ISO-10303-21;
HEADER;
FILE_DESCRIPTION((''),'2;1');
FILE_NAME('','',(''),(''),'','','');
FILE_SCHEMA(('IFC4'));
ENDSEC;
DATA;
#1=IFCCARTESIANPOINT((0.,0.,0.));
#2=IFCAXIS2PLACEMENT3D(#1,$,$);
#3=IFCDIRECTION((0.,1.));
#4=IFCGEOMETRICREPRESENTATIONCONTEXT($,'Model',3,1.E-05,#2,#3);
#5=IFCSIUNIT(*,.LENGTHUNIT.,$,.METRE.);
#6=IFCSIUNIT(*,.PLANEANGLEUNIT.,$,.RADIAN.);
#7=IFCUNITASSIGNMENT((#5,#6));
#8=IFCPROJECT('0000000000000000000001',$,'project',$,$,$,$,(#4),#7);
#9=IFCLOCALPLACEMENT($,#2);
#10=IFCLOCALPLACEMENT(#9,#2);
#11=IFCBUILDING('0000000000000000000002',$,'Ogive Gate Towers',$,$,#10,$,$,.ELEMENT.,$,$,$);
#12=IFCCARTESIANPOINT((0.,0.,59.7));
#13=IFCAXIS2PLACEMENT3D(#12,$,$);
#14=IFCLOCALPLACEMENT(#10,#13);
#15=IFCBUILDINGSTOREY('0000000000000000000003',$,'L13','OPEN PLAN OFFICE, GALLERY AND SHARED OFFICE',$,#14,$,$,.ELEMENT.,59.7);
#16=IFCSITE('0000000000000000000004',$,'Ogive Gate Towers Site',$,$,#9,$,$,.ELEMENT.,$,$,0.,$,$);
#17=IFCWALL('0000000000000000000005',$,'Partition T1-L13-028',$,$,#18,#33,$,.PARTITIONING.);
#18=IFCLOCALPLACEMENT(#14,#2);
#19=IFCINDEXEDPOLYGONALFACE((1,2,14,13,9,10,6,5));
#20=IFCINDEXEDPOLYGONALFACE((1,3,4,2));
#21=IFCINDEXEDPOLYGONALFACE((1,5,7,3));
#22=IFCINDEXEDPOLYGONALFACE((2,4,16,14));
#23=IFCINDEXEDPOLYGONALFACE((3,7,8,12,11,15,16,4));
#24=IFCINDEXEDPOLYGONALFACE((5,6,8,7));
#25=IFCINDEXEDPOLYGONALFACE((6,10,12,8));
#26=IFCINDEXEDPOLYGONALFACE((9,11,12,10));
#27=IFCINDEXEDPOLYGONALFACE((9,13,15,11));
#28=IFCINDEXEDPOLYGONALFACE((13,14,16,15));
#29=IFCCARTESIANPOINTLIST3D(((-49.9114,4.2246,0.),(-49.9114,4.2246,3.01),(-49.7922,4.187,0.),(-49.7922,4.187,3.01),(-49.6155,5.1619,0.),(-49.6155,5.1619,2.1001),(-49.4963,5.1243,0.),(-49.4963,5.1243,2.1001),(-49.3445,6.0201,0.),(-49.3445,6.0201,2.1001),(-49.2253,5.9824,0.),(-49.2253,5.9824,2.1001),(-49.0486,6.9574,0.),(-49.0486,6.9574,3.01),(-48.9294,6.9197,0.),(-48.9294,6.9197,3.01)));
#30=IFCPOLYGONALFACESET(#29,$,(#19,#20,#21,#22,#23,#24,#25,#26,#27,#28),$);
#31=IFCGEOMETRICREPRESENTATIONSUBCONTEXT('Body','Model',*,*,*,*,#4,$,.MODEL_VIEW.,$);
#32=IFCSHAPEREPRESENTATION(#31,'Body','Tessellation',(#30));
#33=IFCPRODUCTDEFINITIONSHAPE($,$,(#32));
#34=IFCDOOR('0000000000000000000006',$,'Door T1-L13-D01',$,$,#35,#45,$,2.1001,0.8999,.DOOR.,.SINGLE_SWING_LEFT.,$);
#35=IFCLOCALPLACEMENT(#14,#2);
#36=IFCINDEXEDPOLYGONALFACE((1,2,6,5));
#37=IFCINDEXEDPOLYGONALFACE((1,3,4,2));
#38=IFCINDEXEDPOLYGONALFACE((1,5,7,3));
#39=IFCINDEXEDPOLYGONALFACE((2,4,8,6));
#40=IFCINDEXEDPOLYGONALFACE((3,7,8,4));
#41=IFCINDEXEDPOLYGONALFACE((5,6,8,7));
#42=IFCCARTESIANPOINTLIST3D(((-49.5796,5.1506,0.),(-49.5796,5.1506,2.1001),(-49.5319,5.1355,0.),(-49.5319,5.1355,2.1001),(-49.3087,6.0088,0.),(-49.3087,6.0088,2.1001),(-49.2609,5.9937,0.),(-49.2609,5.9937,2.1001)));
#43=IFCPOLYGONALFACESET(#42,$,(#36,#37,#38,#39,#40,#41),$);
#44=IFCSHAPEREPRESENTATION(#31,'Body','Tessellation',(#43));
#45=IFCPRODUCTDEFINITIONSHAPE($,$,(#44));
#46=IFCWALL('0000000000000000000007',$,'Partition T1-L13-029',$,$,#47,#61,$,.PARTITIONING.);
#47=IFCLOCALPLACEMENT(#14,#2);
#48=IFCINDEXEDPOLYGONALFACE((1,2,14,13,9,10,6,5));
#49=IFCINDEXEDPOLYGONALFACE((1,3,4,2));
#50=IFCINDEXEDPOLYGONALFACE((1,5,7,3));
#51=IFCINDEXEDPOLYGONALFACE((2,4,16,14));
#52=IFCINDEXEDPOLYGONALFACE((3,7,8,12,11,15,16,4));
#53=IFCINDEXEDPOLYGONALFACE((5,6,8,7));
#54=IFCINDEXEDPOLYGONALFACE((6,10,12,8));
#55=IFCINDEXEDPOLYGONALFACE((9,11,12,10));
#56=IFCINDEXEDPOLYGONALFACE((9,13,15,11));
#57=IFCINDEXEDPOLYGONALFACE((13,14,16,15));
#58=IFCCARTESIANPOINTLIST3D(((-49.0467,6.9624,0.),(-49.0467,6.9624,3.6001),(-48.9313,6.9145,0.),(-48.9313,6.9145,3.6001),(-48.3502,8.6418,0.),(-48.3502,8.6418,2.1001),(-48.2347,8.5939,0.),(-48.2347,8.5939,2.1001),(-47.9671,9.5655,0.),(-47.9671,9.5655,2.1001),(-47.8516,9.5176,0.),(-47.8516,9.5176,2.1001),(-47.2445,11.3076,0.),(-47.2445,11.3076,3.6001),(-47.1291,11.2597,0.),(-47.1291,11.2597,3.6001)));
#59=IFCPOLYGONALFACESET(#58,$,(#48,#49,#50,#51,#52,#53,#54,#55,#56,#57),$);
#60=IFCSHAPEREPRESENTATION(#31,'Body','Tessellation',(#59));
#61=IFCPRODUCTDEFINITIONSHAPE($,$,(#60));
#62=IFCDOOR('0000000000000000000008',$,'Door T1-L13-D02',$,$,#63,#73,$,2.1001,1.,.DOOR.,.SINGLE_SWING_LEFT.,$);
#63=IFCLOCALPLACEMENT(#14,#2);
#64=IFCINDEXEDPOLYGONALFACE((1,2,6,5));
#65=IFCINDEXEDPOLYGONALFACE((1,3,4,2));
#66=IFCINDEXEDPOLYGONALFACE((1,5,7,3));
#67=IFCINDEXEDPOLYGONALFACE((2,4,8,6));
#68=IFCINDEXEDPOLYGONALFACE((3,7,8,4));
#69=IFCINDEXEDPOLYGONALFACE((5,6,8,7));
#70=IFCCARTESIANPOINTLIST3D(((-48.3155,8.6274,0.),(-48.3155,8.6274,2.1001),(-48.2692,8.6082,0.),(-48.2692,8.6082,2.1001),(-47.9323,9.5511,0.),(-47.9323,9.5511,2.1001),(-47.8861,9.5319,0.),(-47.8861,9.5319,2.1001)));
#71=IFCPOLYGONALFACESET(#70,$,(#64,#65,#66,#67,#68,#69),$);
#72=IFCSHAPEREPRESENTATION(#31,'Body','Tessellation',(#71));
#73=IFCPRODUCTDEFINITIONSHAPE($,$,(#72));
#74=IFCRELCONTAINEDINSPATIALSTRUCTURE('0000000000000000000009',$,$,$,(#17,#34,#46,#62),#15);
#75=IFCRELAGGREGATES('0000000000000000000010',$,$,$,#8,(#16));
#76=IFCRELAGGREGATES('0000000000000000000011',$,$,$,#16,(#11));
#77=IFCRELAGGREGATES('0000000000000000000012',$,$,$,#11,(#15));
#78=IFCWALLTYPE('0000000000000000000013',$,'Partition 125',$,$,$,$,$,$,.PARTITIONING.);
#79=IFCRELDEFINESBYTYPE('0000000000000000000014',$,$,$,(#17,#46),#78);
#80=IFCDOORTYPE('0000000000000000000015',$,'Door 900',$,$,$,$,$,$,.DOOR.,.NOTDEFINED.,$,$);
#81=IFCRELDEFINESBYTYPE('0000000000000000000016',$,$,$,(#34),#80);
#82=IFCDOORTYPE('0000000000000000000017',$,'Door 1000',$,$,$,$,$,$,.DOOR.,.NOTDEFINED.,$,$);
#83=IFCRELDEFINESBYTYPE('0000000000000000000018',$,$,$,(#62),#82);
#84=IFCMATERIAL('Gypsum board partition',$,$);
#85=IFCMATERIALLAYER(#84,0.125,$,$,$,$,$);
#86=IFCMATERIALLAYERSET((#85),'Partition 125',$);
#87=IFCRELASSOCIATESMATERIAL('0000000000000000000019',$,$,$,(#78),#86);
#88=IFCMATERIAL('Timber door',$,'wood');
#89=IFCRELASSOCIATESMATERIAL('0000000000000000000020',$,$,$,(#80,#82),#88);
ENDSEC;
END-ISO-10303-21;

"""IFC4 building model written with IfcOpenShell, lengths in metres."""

from ifc_helpers import new_model, si_unit, direction, frame, frame_2d, origin, place, context, subcontext, project, spatial, rectangle, extrude, material, layer, layer_set, type_object, element, fill, save


model = new_model("IFC4")

# Units and contexts
model_context = context("Model", 3, precision=1e-05, world=origin(), true_north=direction((0.0, 1.0)))
body_context = subcontext(model_context, "Body", "Model", "MODEL_VIEW")
ifc_project = project(units=[si_unit("LENGTHUNIT", "METRE"), si_unit("PLANEANGLEUNIT", "RADIAN")], contexts=[model_context])

# Site, building, storey
site_placement = place(None, origin())
site = spatial("IfcSite", under=ifc_project, at=site_placement, Name="Ogive Gate Towers Site", CompositionType="ELEMENT", RefElevation=0.0)
building_placement = place(site_placement, origin())
building = spatial("IfcBuilding", under=site, at=building_placement, Name="Ogive Gate Towers", CompositionType="ELEMENT")
storey_placement = place(building_placement, frame((0.0, 0.0, 59.7)))
storey = spatial("IfcBuildingStorey", under=building, at=storey_placement, Name="L13", Description="OPEN PLAN OFFICE, GALLERY AND SHARED OFFICE", CompositionType="ELEMENT", Elevation=59.7)

# Shared definitions
ifc_material_1 = material(Name="Gypsum board partition")
ifc_layer_1 = layer(ifc_material_1, 0.125)
ifc_layer_set_1 = layer_set([ifc_layer_1], Name="Partition 125")
wall_type_1 = type_object("IfcWallType", Name="Partition 125", PredefinedType="PARTITIONING", material=ifc_layer_set_1)

# Walls, openings, doors
wall_1_placement = place(storey_placement, frame((-49.8518, 4.2058, 0.0), z_axis=(0.0, 0.0, 1.0), x_axis=(0.301082, 0.953598, 0.0)))
wall_1 = element("IfcWall", 1, at=wall_1_placement, inside=storey, type_object=wall_type_1, Name="Partition T1-L13-028", PredefinedType="PARTITIONING", context=body_context, shape_type="SweptSolid", body=[
    extrude(rectangle(XDim=2.8657, YDim=0.125, at=frame_2d((1.4329, 0.0))), origin(), (0.0, 0.0, 1.0), 3.01),
])
opening_1_placement = place(wall_1_placement, frame((0.9829, 0.0, 0.0)))
opening_1 = element("IfcOpeningElement", 2, at=opening_1_placement, cuts=wall_1, PredefinedType="OPENING", context=body_context, shape_type="SweptSolid", body=[
    extrude(rectangle(XDim=0.8999, YDim=2.1001, at=frame_2d((0.45, 1.05))), frame((0.0, 0.0725, 0.0), z_axis=(0.0, -1.0, 0.0), x_axis=(1.0, 0.0, 0.0)), (0.0, 0.0, 1.0), 0.145),
])
ifc_material_2 = material(Name="Timber door", Category="wood")
door_type_1 = type_object("IfcDoorType", Name="Door 900", OperationType="NOTDEFINED", PredefinedType="DOOR", material=ifc_material_2)
door_1_placement = place(opening_1_placement, origin())
door_1 = element("IfcDoor", 3, at=door_1_placement, inside=storey, type_object=door_type_1, Name="Door T1-L13-D01", OperationType="SINGLE_SWING_LEFT", OverallHeight=2.1001, OverallWidth=0.8999, PredefinedType="DOOR", context=body_context, shape_type="SweptSolid", body=[
    extrude(rectangle(XDim=0.8999, YDim=2.1001, at=frame_2d((0.45, 1.05))), frame((0.0, 0.0249, 0.0), z_axis=(0.0, -1.0, 0.0), x_axis=(1.0, 0.0, 0.0)), (0.0, 0.0, 1.0), 0.05),
])
fill(opening_1, door_1)
wall_2_placement = place(storey_placement, frame((-48.989, 6.9385, 0.0), z_axis=(0.0, 0.0, 1.0), x_axis=(0.383119, 0.923699, 0.0)))
wall_2 = element("IfcWall", 4, at=wall_2_placement, inside=storey, type_object=wall_type_1, Name="Partition T1-L13-029", PredefinedType="PARTITIONING", context=body_context, shape_type="SweptSolid", body=[
    extrude(rectangle(XDim=4.7041, YDim=0.125, at=frame_2d((2.3521, 0.0))), origin(), (0.0, 0.0, 1.0), 3.6001),
])
opening_2_placement = place(wall_2_placement, frame((1.8181, 0.0, 0.0)))
opening_2 = element("IfcOpeningElement", 5, at=opening_2_placement, cuts=wall_2, PredefinedType="OPENING", context=body_context, shape_type="SweptSolid", body=[
    extrude(rectangle(XDim=1.0, YDim=2.1001, at=frame_2d((0.5, 1.05))), frame((0.0, 0.0725, 0.0), z_axis=(0.0, -1.0, 0.0), x_axis=(1.0, 0.0, 0.0)), (0.0, 0.0, 1.0), 0.145),
])
door_type_2 = type_object("IfcDoorType", Name="Door 1000", OperationType="NOTDEFINED", PredefinedType="DOOR", material=ifc_material_2)
door_2_placement = place(opening_2_placement, origin())
door_2 = element("IfcDoor", 6, at=door_2_placement, inside=storey, type_object=door_type_2, Name="Door T1-L13-D02", OperationType="SINGLE_SWING_LEFT", OverallHeight=2.1001, OverallWidth=1.0, PredefinedType="DOOR", context=body_context, shape_type="SweptSolid", body=[
    extrude(rectangle(XDim=1.0, YDim=2.1001, at=frame_2d((0.5, 1.05))), frame((0.0, 0.0249, 0.0), z_axis=(0.0, -1.0, 0.0), x_axis=(1.0, 0.0, 0.0)), (0.0, 0.0, 1.0), 0.05),
])
fill(opening_2, door_2)

save(model, "model.ifc")
